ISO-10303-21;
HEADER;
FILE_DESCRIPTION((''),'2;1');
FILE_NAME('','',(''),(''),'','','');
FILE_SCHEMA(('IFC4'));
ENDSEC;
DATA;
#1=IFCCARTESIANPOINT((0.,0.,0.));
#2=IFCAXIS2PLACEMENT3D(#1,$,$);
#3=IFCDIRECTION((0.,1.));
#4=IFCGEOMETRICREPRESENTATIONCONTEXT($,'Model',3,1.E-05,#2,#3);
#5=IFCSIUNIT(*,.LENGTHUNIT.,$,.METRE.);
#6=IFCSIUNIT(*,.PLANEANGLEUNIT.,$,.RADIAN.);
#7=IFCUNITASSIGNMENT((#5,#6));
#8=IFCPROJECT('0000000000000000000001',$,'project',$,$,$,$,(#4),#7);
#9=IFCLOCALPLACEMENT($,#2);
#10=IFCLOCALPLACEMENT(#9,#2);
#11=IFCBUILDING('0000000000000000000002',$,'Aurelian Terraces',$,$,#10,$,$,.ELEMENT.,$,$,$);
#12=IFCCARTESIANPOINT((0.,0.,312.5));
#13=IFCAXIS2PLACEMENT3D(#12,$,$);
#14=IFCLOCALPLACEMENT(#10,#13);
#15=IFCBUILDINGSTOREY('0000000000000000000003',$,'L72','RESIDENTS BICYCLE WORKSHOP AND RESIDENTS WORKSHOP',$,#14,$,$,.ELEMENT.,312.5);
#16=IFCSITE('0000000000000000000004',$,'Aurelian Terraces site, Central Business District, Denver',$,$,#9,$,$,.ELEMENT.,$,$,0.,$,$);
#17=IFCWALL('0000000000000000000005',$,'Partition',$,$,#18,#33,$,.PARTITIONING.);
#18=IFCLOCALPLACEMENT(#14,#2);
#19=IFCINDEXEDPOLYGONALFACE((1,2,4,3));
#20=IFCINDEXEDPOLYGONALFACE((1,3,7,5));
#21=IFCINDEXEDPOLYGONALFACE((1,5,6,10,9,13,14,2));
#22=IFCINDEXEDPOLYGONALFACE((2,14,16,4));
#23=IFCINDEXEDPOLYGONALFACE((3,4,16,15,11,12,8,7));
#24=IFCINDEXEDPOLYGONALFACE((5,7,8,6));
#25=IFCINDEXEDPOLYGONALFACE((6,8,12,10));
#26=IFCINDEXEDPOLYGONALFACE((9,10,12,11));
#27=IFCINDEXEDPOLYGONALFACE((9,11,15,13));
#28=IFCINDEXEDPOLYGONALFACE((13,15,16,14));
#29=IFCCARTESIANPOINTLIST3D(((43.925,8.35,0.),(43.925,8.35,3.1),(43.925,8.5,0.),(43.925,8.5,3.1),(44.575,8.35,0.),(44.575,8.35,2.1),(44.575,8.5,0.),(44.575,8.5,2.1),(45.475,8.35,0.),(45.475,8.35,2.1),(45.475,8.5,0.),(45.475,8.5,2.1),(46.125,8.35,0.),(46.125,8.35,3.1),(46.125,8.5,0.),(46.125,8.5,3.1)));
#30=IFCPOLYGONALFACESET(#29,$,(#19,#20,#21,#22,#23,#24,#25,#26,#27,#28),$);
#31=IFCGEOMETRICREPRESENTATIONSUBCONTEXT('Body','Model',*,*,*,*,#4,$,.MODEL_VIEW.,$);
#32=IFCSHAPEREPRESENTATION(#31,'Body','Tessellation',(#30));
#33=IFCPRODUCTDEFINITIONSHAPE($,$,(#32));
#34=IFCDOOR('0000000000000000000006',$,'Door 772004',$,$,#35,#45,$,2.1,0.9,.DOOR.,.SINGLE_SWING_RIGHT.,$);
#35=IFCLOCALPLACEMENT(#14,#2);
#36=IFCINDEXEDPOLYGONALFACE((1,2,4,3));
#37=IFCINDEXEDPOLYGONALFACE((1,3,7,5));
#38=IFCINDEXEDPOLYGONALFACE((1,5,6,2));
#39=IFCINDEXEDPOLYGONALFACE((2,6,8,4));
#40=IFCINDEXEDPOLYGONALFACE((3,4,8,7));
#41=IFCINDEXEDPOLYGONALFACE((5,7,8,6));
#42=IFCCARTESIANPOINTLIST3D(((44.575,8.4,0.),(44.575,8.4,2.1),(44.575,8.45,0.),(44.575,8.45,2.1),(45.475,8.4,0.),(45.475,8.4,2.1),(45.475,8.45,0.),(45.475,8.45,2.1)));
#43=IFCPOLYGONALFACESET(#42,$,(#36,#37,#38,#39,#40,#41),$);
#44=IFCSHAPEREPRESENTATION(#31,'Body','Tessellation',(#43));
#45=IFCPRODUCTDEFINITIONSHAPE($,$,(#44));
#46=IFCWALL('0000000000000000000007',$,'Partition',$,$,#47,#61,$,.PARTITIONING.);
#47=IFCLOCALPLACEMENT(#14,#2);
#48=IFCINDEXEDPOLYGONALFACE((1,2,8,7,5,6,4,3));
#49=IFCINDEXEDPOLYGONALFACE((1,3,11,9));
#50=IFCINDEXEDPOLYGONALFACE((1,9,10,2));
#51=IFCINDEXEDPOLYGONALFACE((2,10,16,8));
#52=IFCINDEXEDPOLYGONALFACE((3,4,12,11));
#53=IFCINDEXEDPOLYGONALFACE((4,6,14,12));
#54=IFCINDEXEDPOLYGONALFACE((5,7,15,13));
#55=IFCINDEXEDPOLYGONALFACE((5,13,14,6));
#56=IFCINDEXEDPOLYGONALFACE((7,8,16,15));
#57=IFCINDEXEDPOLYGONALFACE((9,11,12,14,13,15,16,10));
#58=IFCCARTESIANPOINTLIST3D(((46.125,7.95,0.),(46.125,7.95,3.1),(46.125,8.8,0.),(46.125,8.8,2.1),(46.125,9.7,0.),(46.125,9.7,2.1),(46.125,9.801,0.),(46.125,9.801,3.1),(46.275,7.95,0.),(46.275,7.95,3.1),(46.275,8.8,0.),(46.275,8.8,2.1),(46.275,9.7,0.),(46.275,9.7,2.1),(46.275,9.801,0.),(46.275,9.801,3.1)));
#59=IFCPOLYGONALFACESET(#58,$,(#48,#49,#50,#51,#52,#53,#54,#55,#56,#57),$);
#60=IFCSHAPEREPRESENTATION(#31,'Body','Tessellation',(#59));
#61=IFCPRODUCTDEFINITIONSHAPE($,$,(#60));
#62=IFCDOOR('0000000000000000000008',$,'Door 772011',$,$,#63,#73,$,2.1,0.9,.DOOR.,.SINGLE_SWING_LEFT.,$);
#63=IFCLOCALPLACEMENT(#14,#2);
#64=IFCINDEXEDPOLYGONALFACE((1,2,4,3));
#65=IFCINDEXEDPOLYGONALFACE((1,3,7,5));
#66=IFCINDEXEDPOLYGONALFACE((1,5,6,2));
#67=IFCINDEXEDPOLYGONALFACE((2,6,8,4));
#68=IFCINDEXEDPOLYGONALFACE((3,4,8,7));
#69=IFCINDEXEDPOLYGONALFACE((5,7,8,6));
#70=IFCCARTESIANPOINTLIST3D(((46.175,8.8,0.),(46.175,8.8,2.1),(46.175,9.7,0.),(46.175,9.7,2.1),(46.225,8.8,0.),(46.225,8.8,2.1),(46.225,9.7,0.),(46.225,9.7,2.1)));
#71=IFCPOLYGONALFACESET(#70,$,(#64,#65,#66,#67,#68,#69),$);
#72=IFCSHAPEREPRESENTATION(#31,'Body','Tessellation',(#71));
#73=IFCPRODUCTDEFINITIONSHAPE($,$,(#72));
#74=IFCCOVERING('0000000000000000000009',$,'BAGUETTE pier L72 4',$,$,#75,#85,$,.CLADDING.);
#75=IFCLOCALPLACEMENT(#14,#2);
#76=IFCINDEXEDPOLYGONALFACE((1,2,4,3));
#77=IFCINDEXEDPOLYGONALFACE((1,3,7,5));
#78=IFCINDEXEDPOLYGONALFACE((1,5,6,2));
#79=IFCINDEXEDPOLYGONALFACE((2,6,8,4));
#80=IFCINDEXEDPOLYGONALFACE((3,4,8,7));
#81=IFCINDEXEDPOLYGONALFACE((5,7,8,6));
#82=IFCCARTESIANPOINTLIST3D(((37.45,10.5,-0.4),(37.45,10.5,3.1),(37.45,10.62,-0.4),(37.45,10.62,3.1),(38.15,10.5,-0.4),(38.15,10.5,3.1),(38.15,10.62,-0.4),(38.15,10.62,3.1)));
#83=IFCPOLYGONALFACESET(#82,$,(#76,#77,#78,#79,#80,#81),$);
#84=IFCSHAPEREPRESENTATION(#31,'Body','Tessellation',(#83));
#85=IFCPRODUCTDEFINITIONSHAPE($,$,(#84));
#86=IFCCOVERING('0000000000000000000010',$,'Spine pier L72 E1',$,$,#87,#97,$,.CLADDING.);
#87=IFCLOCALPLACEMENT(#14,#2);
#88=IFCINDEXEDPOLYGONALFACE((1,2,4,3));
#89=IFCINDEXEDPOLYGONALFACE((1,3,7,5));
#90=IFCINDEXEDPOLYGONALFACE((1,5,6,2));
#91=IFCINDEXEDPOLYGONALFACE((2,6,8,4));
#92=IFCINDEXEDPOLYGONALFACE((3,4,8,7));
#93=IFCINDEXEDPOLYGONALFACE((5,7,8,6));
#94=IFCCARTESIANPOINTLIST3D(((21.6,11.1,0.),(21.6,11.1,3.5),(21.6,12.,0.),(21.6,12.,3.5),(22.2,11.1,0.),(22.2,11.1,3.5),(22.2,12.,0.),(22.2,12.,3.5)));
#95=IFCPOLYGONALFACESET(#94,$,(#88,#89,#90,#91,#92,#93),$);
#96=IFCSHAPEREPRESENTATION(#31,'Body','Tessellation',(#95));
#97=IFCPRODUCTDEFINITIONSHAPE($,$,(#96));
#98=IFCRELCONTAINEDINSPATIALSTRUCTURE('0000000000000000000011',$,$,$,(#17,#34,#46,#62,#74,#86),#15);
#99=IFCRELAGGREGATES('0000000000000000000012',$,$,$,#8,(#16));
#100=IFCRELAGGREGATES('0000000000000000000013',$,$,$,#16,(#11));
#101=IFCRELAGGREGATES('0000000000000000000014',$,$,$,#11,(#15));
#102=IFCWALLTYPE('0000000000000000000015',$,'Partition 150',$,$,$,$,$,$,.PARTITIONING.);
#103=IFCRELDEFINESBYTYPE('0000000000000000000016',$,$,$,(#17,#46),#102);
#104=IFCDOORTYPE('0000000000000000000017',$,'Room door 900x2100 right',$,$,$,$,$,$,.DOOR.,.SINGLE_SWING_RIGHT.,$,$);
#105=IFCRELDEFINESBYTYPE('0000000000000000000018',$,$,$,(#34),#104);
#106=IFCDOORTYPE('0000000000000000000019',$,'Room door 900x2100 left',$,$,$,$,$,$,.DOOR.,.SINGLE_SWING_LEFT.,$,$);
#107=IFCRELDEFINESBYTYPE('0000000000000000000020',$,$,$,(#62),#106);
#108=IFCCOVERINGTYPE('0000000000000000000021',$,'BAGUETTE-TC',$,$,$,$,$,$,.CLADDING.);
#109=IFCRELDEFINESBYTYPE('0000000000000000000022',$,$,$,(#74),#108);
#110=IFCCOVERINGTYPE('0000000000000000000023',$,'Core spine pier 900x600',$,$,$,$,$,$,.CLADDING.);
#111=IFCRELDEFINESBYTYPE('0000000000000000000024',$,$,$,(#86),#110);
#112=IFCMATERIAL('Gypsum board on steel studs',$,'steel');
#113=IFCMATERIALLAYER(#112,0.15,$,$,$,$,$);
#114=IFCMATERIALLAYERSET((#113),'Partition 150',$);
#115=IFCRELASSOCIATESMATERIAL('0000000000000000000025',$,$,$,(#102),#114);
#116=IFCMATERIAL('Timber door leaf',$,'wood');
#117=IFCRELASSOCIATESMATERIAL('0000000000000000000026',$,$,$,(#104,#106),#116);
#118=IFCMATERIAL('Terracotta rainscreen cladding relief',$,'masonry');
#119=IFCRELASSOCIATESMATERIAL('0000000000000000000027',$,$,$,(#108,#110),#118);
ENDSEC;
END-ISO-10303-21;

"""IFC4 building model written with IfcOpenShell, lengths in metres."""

from ifc_helpers import new_model, si_unit, direction, frame, frame_2d, origin, origin_2d, place, context, subcontext, project, spatial, rectangle, extrude, source, transform, mapped, material, layer, layer_set, type_object, element, fill, save


model = new_model("IFC4")

# Units and contexts
model_context = context("Model", 3, precision=1e-05, world=origin(), true_north=direction((0.0, 1.0)))
body_context = subcontext(model_context, "Body", "Model", "MODEL_VIEW")
ifc_project = project(units=[si_unit("LENGTHUNIT", "METRE"), si_unit("PLANEANGLEUNIT", "RADIAN")], contexts=[model_context])

# Site, building, storey
site_placement = place(None, origin())
site = spatial("IfcSite", under=ifc_project, at=site_placement, Name="Aurelian Terraces site, Central Business District, Denver", CompositionType="ELEMENT", RefElevation=0.0)
building_placement = place(site_placement, origin())
building = spatial("IfcBuilding", under=site, at=building_placement, Name="Aurelian Terraces", CompositionType="ELEMENT")
storey_placement = place(building_placement, frame((0.0, 0.0, 312.5)))
storey = spatial("IfcBuildingStorey", under=building, at=storey_placement, Name="L72", Description="RESIDENTS BICYCLE WORKSHOP AND RESIDENTS WORKSHOP", CompositionType="ELEMENT", Elevation=312.5)

# Walls, openings, doors
ifc_material_1 = material(Name="Gypsum board on steel studs", Category="steel")
ifc_layer_1 = layer(ifc_material_1, 0.15)
ifc_layer_set_1 = layer_set([ifc_layer_1], Name="Partition 150")
wall_type_1 = type_object("IfcWallType", Name="Partition 150", PredefinedType="PARTITIONING", material=ifc_layer_set_1)
shared_shape_1 = source(origin(), body_context, "Body", "SweptSolid", [
    extrude(rectangle(XDim=2.2, YDim=0.15, at=frame_2d((1.1, 0.0))), origin(), (0.0, 0.0, 1.0), 3.1),
])
wall_1_placement = place(storey_placement, frame((46.125, 8.425, 0.0), z_axis=(0.0, 0.0, 1.0), x_axis=(-1.0, 0.0, 0.0)))
wall_1 = element("IfcWall", 1, at=wall_1_placement, inside=storey, type_object=wall_type_1, Name="Partition", PredefinedType="PARTITIONING", context=body_context, shape_type="MappedRepresentation", body=[
    mapped(shared_shape_1, transform((0.0, 0.0, 0.0), scale=1.0)),
])
shared_shape_2 = source(origin(), body_context, "Body", "SweptSolid", [
    extrude(rectangle(XDim=0.9, YDim=2.1, at=frame_2d((0.45, 1.05))), frame((0.0, 0.085, 0.0), z_axis=(0.0, -1.0, 0.0), x_axis=(1.0, 0.0, 0.0)), (0.0, 0.0, 1.0), 0.17),
])
opening_1_placement = place(wall_1_placement, frame((0.65, 0.0, 0.0)))
opening_1 = element("IfcOpeningElement", 2, at=opening_1_placement, cuts=wall_1, PredefinedType="OPENING", context=body_context, shape_type="MappedRepresentation", body=[
    mapped(shared_shape_2, transform((0.0, 0.0, 0.0), scale=1.0)),
])
ifc_material_2 = material(Name="Timber door leaf", Category="wood")
door_type_1 = type_object("IfcDoorType", Name="Room door 900x2100 right", OperationType="SINGLE_SWING_RIGHT", PredefinedType="DOOR", material=ifc_material_2)
shared_shape_3 = source(origin(), body_context, "Body", "SweptSolid", [
    extrude(rectangle(XDim=0.9, YDim=2.1, at=frame_2d((0.45, 1.05))), frame((0.0, 0.025, 0.0), z_axis=(0.0, -1.0, 0.0), x_axis=(1.0, 0.0, 0.0)), (0.0, 0.0, 1.0), 0.05),
])
door_1_placement = place(opening_1_placement, origin())
door_1 = element("IfcDoor", 3, at=door_1_placement, inside=storey, type_object=door_type_1, Name="Door 772004", OperationType="SINGLE_SWING_RIGHT", OverallHeight=2.1, OverallWidth=0.9, PredefinedType="DOOR", context=body_context, shape_type="MappedRepresentation", body=[
    mapped(shared_shape_3, transform((0.0, 0.0, 0.0), scale=1.0)),
])
fill(opening_1, door_1)
shared_shape_4 = source(origin(), body_context, "Body", "SweptSolid", [
    extrude(rectangle(XDim=1.851, YDim=0.15, at=frame_2d((0.9255, 0.0))), origin(), (0.0, 0.0, 1.0), 3.1),
])
wall_2_placement = place(storey_placement, frame((46.2, 9.801, 0.0), z_axis=(0.0, 0.0, 1.0), x_axis=(0.0, -1.0, 0.0)))
wall_2 = element("IfcWall", 4, at=wall_2_placement, inside=storey, type_object=wall_type_1, Name="Partition", PredefinedType="PARTITIONING", context=body_context, shape_type="MappedRepresentation", body=[
    mapped(shared_shape_4, transform((0.0, 0.0, 0.0), scale=1.0)),
])
opening_2_placement = place(wall_2_placement, frame((0.101, 0.0, 0.0)))
opening_2 = element("IfcOpeningElement", 5, at=opening_2_placement, cuts=wall_2, PredefinedType="OPENING", context=body_context, shape_type="MappedRepresentation", body=[
    mapped(shared_shape_2, transform((0.0, 0.0, 0.0), scale=1.0)),
])
door_type_2 = type_object("IfcDoorType", Name="Room door 900x2100 left", OperationType="SINGLE_SWING_LEFT", PredefinedType="DOOR", material=ifc_material_2)
door_2_placement = place(opening_2_placement, origin())
door_2 = element("IfcDoor", 6, at=door_2_placement, inside=storey, type_object=door_type_2, Name="Door 772011", OperationType="SINGLE_SWING_LEFT", OverallHeight=2.1, OverallWidth=0.9, PredefinedType="DOOR", context=body_context, shape_type="MappedRepresentation", body=[
    mapped(shared_shape_3, transform((0.0, 0.0, 0.0), scale=1.0)),
])
fill(opening_2, door_2)

# Coverings
ifc_material_3 = material(Name="Terracotta rainscreen cladding relief", Category="masonry")
covering_type_1 = type_object("IfcCoveringType", Name="BAGUETTE-TC", PredefinedType="CLADDING", material=ifc_material_3)
shared_shape_5 = source(origin(), body_context, "Body", "SweptSolid", [
    extrude(rectangle(XDim=0.7, YDim=0.12, at=origin_2d()), origin(), (0.0, 0.0, 1.0), 3.5),
])
covering_1_placement = place(storey_placement, frame((37.8, 10.56, -0.4), z_axis=(0.0, 0.0, 1.0), x_axis=(1.0, 0.0, 0.0)))
element("IfcCovering", 7, at=covering_1_placement, inside=storey, type_object=covering_type_1, Name="BAGUETTE pier L72 4", PredefinedType="CLADDING", context=body_context, shape_type="MappedRepresentation", body=[
    mapped(shared_shape_5, transform((0.0, 0.0, 0.0), scale=1.0)),
])
covering_type_2 = type_object("IfcCoveringType", Name="Core spine pier 900x600", PredefinedType="CLADDING", material=ifc_material_3)
shared_shape_6 = source(origin(), body_context, "Body", "SweptSolid", [
    extrude(rectangle(XDim=0.6, YDim=0.9, at=origin_2d()), origin(), (0.0, 0.0, 1.0), 3.5),
])
covering_2_placement = place(storey_placement, frame((21.9, 11.55, 0.0), z_axis=(0.0, 0.0, 1.0), x_axis=(1.0, 0.0, 0.0)))
element("IfcCovering", 8, at=covering_2_placement, inside=storey, type_object=covering_type_2, Name="Spine pier L72 E1", PredefinedType="CLADDING", context=body_context, shape_type="MappedRepresentation", body=[
    mapped(shared_shape_6, transform((0.0, 0.0, 0.0), scale=1.0)),
])

save(model, "model.ifc")
